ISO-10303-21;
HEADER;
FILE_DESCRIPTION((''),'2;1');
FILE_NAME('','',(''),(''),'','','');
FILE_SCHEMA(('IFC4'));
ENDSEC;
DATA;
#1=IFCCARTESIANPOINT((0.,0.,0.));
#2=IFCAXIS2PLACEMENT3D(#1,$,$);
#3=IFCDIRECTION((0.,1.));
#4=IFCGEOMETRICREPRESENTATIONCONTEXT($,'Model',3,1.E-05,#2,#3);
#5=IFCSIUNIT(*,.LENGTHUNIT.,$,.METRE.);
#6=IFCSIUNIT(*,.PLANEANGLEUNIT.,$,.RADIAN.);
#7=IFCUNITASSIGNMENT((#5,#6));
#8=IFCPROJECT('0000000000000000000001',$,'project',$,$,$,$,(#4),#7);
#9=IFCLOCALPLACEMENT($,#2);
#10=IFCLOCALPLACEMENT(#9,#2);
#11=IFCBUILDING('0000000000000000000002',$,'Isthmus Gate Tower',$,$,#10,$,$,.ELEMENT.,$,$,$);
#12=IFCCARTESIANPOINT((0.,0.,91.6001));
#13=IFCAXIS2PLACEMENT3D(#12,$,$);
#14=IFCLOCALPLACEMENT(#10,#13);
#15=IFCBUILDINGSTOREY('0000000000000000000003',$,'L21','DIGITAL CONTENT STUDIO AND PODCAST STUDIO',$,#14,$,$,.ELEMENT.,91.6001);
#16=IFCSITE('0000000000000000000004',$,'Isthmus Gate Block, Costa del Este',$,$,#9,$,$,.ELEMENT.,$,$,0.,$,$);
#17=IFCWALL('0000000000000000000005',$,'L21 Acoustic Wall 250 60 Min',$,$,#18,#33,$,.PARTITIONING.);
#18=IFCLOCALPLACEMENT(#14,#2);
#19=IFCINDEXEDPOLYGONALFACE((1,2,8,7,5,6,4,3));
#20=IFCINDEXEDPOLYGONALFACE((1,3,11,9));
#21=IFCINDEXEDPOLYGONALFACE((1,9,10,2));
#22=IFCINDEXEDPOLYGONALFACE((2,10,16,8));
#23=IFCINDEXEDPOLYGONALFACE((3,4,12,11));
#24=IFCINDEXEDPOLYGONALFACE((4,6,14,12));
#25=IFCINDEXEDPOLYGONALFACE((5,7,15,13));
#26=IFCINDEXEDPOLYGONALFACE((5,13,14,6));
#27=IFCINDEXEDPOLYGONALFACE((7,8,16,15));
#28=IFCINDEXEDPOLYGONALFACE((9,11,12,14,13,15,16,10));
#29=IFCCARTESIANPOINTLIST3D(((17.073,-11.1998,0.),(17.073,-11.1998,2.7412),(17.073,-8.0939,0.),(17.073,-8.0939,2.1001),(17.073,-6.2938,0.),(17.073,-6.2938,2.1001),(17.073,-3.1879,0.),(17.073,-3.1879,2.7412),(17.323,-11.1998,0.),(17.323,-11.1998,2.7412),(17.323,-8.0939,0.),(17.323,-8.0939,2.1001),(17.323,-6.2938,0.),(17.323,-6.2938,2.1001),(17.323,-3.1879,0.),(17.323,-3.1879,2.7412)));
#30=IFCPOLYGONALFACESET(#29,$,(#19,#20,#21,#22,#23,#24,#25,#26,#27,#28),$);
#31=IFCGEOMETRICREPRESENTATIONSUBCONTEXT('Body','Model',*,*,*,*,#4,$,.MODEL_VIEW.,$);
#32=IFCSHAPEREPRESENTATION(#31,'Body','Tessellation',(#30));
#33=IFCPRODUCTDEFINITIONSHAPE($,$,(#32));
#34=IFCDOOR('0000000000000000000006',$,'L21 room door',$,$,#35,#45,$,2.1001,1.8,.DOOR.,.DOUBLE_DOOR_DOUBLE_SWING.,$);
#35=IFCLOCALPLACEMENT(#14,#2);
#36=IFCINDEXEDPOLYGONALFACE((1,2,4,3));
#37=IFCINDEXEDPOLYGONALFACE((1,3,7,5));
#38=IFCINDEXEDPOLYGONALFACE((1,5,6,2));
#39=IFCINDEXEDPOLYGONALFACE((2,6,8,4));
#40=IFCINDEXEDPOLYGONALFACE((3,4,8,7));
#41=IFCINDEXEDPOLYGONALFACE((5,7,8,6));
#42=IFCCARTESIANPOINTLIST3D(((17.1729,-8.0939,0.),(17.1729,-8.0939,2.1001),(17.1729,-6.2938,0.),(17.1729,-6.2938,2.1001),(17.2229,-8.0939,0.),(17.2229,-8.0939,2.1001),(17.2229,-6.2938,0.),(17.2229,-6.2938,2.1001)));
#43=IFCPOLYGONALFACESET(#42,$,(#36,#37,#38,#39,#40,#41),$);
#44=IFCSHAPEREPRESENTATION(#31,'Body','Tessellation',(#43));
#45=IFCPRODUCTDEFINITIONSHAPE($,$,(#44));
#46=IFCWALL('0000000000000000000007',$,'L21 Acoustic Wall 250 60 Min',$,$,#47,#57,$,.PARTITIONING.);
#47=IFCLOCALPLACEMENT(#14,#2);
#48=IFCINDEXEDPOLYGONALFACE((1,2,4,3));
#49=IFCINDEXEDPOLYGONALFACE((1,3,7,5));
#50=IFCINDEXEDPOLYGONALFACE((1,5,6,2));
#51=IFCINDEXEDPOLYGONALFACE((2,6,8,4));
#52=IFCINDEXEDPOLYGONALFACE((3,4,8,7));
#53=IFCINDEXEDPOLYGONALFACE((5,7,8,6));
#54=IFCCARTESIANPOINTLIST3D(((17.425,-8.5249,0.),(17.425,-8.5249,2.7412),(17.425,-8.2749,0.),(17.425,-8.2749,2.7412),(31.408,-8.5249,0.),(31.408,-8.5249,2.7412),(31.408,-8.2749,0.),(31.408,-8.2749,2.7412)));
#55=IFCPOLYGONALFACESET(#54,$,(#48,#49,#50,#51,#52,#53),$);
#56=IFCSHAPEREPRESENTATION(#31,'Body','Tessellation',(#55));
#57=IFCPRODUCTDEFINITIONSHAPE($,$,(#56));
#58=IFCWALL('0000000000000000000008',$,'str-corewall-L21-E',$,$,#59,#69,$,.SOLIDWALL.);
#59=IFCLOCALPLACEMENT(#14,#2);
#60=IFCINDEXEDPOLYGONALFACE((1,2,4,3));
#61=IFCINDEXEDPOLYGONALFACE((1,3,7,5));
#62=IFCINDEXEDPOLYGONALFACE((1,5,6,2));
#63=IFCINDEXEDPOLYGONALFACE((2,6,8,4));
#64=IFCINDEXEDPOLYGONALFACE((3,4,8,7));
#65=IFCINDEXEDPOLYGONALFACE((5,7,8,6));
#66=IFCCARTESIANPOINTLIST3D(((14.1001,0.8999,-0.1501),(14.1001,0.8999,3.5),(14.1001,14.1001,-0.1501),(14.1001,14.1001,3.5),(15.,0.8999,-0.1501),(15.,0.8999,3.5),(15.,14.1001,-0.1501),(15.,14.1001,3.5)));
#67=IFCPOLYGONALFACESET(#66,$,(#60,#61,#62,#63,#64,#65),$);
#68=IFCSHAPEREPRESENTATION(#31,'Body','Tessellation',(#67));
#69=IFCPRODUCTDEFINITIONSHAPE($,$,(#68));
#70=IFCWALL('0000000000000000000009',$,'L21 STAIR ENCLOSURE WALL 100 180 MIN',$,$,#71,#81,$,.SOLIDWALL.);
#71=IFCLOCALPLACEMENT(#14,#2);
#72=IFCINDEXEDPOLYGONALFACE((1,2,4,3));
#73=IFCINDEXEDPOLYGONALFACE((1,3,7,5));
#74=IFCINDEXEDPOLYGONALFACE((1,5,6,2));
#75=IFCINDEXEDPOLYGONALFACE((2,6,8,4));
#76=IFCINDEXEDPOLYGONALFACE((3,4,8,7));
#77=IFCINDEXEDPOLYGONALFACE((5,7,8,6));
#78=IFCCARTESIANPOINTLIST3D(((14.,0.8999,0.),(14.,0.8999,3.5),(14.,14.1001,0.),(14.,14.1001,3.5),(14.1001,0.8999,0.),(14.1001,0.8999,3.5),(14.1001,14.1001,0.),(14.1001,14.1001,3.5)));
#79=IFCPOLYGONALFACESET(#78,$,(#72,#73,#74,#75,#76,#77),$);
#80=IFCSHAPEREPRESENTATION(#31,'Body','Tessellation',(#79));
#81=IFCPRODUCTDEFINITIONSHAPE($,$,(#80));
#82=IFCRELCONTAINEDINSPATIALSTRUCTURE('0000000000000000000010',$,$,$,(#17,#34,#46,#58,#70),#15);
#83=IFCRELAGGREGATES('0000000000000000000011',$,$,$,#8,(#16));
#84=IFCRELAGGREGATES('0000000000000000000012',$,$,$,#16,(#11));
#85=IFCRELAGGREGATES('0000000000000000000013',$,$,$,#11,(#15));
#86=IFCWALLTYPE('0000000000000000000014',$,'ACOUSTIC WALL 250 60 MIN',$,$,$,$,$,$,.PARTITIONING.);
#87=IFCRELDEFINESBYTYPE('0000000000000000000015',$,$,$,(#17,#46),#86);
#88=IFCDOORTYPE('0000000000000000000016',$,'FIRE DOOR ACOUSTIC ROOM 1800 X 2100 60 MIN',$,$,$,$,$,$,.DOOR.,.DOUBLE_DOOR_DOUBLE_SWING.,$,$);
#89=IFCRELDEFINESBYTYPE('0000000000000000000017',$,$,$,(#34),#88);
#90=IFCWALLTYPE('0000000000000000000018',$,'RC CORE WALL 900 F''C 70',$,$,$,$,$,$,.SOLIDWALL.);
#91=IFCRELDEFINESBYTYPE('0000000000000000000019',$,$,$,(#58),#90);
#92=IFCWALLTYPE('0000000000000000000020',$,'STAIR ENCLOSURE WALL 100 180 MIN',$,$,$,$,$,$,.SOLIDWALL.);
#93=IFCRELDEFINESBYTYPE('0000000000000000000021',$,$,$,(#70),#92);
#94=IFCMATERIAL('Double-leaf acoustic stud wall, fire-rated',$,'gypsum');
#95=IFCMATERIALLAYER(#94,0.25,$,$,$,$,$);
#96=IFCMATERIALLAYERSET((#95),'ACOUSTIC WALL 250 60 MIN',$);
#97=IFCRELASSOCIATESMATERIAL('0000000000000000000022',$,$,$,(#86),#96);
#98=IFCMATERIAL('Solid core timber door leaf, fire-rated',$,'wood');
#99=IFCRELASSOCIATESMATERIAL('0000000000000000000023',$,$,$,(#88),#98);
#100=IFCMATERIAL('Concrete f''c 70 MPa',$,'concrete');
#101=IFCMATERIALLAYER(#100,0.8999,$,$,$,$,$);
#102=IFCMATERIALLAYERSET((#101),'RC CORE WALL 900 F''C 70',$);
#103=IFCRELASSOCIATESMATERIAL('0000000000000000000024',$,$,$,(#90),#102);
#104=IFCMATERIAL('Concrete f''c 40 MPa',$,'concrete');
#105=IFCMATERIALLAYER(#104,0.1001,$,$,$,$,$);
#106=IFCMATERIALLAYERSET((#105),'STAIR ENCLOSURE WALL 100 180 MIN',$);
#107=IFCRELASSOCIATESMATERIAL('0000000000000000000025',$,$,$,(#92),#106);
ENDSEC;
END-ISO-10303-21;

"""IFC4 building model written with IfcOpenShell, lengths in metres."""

from ifc_helpers import new_model, si_unit, direction, frame, frame_2d, origin, place, context, subcontext, project, spatial, rectangle, extrude, material, layer, layer_set, type_object, element, fill, save


model = new_model("IFC4")

# Units and contexts
model_context = context("Model", 3, precision=1e-05, world=origin(), true_north=direction((0.0, 1.0)))
body_context = subcontext(model_context, "Body", "Model", "MODEL_VIEW")
ifc_project = project(units=[si_unit("LENGTHUNIT", "METRE"), si_unit("PLANEANGLEUNIT", "RADIAN")], contexts=[model_context])

# Site, building, storey
site_placement = place(None, origin())
site = spatial("IfcSite", under=ifc_project, at=site_placement, Name="Isthmus Gate Block, Costa del Este", CompositionType="ELEMENT", RefElevation=0.0)
building_placement = place(site_placement, origin())
building = spatial("IfcBuilding", under=site, at=building_placement, Name="Isthmus Gate Tower", CompositionType="ELEMENT")
storey_placement = place(building_placement, frame((0.0, 0.0, 91.6001)))
storey = spatial("IfcBuildingStorey", under=building, at=storey_placement, Name="L21", Description="DIGITAL CONTENT STUDIO AND PODCAST STUDIO", CompositionType="ELEMENT", Elevation=91.6001)

# Wall, opening, door
ifc_material_1 = material(Name="Double-leaf acoustic stud wall, fire-rated", Category="gypsum")
ifc_layer_1 = layer(ifc_material_1, 0.25)
ifc_layer_set_1 = layer_set([ifc_layer_1], Name="ACOUSTIC WALL 250 60 MIN")
wall_type_1 = type_object("IfcWallType", Name="ACOUSTIC WALL 250 60 MIN", PredefinedType="PARTITIONING", material=ifc_layer_set_1)
ifc_material_2 = material(Name="Solid core timber door leaf, fire-rated", Category="wood")
door_type = type_object("IfcDoorType", Name="FIRE DOOR ACOUSTIC ROOM 1800 X 2100 60 MIN", OperationType="DOUBLE_DOOR_DOUBLE_SWING", PredefinedType="DOOR", material=ifc_material_2)
wall_1_placement = place(storey_placement, frame((17.198, -3.188, 0.0), z_axis=(0.0, 0.0, 1.0), x_axis=(0.0, -1.0, 0.0)))
wall_1 = element("IfcWall", 1, at=wall_1_placement, inside=storey, type_object=wall_type_1, Name="L21 Acoustic Wall 250 60 Min", PredefinedType="PARTITIONING", context=body_context, shape_type="SweptSolid", body=[
    extrude(rectangle(XDim=8.012, YDim=0.25, at=frame_2d((4.0059, 0.0))), origin(), (0.0, 0.0, 1.0), 2.7412),
])
opening_1_placement = place(wall_1_placement, frame((3.106, 0.0, 0.0)))
opening_1 = element("IfcOpeningElement", 2, at=opening_1_placement, cuts=wall_1, PredefinedType="OPENING", context=body_context, shape_type="SweptSolid", body=[
    extrude(rectangle(XDim=1.8, YDim=2.1001, at=frame_2d((0.8999, 1.05))), frame((0.0, 0.135, 0.0), z_axis=(0.0, -1.0, 0.0), x_axis=(1.0, 0.0, 0.0)), (0.0, 0.0, 1.0), 0.27),
])
door_1_placement = place(opening_1_placement, origin())
door_1 = element("IfcDoor", 3, at=door_1_placement, inside=storey, type_object=door_type, Name="L21 room door", OperationType="DOUBLE_DOOR_DOUBLE_SWING", OverallHeight=2.1001, OverallWidth=1.8, PredefinedType="DOOR", context=body_context, shape_type="SweptSolid", body=[
    extrude(rectangle(XDim=1.8, YDim=2.1001, at=frame_2d((0.8999, 1.05))), frame((0.0, 0.0249, 0.0), z_axis=(0.0, -1.0, 0.0), x_axis=(1.0, 0.0, 0.0)), (0.0, 0.0, 1.0), 0.05),
])
fill(opening_1, door_1)

# Walls
wall_2_placement = place(storey_placement, frame((17.425, -8.3999, 0.0), z_axis=(0.0, 0.0, 1.0), x_axis=(1.0, 0.0, 0.0)))
element("IfcWall", 4, at=wall_2_placement, inside=storey, type_object=wall_type_1, Name="L21 Acoustic Wall 250 60 Min", PredefinedType="PARTITIONING", context=body_context, shape_type="SweptSolid", body=[
    extrude(rectangle(XDim=13.9829, YDim=0.25, at=frame_2d((6.9915, 0.0))), origin(), (0.0, 0.0, 1.0), 2.7412),
])
ifc_material_3 = material(Name="Concrete f'c 70 MPa", Category="concrete")
ifc_layer_2 = layer(ifc_material_3, 0.8999)
ifc_layer_set_2 = layer_set([ifc_layer_2], Name="RC CORE WALL 900 F'C 70")
wall_type_2 = type_object("IfcWallType", Name="RC CORE WALL 900 F'C 70", PredefinedType="SOLIDWALL", material=ifc_layer_set_2)
wall_3_placement = place(storey_placement, frame((14.55, 0.8999, -0.1501), z_axis=(0.0, 0.0, 1.0), x_axis=(0.0, 1.0, 0.0)))
element("IfcWall", 5, at=wall_3_placement, inside=storey, type_object=wall_type_2, Name="str-corewall-L21-E", PredefinedType="SOLIDWALL", context=body_context, shape_type="SweptSolid", body=[
    extrude(rectangle(XDim=13.2002, YDim=0.8999, at=frame_2d((6.6001, 0.0))), origin(), (0.0, 0.0, 1.0), 3.6501),
])
ifc_material_4 = material(Name="Concrete f'c 40 MPa", Category="concrete")
ifc_layer_3 = layer(ifc_material_4, 0.1001)
ifc_layer_set_3 = layer_set([ifc_layer_3], Name="STAIR ENCLOSURE WALL 100 180 MIN")
wall_type_3 = type_object("IfcWallType", Name="STAIR ENCLOSURE WALL 100 180 MIN", PredefinedType="SOLIDWALL", material=ifc_layer_set_3)
wall_4_placement = place(storey_placement, frame((14.05, 0.8999, 0.0), z_axis=(0.0, 0.0, 1.0), x_axis=(0.0, 1.0, 0.0)))
element("IfcWall", 6, at=wall_4_placement, inside=storey, type_object=wall_type_3, Name="L21 STAIR ENCLOSURE WALL 100 180 MIN", PredefinedType="SOLIDWALL", context=body_context, shape_type="SweptSolid", body=[
    extrude(rectangle(XDim=13.2002, YDim=0.1001, at=frame_2d((6.6001, 0.0))), origin(), (0.0, 0.0, 1.0), 3.5),
])

save(model, "model.ifc")
